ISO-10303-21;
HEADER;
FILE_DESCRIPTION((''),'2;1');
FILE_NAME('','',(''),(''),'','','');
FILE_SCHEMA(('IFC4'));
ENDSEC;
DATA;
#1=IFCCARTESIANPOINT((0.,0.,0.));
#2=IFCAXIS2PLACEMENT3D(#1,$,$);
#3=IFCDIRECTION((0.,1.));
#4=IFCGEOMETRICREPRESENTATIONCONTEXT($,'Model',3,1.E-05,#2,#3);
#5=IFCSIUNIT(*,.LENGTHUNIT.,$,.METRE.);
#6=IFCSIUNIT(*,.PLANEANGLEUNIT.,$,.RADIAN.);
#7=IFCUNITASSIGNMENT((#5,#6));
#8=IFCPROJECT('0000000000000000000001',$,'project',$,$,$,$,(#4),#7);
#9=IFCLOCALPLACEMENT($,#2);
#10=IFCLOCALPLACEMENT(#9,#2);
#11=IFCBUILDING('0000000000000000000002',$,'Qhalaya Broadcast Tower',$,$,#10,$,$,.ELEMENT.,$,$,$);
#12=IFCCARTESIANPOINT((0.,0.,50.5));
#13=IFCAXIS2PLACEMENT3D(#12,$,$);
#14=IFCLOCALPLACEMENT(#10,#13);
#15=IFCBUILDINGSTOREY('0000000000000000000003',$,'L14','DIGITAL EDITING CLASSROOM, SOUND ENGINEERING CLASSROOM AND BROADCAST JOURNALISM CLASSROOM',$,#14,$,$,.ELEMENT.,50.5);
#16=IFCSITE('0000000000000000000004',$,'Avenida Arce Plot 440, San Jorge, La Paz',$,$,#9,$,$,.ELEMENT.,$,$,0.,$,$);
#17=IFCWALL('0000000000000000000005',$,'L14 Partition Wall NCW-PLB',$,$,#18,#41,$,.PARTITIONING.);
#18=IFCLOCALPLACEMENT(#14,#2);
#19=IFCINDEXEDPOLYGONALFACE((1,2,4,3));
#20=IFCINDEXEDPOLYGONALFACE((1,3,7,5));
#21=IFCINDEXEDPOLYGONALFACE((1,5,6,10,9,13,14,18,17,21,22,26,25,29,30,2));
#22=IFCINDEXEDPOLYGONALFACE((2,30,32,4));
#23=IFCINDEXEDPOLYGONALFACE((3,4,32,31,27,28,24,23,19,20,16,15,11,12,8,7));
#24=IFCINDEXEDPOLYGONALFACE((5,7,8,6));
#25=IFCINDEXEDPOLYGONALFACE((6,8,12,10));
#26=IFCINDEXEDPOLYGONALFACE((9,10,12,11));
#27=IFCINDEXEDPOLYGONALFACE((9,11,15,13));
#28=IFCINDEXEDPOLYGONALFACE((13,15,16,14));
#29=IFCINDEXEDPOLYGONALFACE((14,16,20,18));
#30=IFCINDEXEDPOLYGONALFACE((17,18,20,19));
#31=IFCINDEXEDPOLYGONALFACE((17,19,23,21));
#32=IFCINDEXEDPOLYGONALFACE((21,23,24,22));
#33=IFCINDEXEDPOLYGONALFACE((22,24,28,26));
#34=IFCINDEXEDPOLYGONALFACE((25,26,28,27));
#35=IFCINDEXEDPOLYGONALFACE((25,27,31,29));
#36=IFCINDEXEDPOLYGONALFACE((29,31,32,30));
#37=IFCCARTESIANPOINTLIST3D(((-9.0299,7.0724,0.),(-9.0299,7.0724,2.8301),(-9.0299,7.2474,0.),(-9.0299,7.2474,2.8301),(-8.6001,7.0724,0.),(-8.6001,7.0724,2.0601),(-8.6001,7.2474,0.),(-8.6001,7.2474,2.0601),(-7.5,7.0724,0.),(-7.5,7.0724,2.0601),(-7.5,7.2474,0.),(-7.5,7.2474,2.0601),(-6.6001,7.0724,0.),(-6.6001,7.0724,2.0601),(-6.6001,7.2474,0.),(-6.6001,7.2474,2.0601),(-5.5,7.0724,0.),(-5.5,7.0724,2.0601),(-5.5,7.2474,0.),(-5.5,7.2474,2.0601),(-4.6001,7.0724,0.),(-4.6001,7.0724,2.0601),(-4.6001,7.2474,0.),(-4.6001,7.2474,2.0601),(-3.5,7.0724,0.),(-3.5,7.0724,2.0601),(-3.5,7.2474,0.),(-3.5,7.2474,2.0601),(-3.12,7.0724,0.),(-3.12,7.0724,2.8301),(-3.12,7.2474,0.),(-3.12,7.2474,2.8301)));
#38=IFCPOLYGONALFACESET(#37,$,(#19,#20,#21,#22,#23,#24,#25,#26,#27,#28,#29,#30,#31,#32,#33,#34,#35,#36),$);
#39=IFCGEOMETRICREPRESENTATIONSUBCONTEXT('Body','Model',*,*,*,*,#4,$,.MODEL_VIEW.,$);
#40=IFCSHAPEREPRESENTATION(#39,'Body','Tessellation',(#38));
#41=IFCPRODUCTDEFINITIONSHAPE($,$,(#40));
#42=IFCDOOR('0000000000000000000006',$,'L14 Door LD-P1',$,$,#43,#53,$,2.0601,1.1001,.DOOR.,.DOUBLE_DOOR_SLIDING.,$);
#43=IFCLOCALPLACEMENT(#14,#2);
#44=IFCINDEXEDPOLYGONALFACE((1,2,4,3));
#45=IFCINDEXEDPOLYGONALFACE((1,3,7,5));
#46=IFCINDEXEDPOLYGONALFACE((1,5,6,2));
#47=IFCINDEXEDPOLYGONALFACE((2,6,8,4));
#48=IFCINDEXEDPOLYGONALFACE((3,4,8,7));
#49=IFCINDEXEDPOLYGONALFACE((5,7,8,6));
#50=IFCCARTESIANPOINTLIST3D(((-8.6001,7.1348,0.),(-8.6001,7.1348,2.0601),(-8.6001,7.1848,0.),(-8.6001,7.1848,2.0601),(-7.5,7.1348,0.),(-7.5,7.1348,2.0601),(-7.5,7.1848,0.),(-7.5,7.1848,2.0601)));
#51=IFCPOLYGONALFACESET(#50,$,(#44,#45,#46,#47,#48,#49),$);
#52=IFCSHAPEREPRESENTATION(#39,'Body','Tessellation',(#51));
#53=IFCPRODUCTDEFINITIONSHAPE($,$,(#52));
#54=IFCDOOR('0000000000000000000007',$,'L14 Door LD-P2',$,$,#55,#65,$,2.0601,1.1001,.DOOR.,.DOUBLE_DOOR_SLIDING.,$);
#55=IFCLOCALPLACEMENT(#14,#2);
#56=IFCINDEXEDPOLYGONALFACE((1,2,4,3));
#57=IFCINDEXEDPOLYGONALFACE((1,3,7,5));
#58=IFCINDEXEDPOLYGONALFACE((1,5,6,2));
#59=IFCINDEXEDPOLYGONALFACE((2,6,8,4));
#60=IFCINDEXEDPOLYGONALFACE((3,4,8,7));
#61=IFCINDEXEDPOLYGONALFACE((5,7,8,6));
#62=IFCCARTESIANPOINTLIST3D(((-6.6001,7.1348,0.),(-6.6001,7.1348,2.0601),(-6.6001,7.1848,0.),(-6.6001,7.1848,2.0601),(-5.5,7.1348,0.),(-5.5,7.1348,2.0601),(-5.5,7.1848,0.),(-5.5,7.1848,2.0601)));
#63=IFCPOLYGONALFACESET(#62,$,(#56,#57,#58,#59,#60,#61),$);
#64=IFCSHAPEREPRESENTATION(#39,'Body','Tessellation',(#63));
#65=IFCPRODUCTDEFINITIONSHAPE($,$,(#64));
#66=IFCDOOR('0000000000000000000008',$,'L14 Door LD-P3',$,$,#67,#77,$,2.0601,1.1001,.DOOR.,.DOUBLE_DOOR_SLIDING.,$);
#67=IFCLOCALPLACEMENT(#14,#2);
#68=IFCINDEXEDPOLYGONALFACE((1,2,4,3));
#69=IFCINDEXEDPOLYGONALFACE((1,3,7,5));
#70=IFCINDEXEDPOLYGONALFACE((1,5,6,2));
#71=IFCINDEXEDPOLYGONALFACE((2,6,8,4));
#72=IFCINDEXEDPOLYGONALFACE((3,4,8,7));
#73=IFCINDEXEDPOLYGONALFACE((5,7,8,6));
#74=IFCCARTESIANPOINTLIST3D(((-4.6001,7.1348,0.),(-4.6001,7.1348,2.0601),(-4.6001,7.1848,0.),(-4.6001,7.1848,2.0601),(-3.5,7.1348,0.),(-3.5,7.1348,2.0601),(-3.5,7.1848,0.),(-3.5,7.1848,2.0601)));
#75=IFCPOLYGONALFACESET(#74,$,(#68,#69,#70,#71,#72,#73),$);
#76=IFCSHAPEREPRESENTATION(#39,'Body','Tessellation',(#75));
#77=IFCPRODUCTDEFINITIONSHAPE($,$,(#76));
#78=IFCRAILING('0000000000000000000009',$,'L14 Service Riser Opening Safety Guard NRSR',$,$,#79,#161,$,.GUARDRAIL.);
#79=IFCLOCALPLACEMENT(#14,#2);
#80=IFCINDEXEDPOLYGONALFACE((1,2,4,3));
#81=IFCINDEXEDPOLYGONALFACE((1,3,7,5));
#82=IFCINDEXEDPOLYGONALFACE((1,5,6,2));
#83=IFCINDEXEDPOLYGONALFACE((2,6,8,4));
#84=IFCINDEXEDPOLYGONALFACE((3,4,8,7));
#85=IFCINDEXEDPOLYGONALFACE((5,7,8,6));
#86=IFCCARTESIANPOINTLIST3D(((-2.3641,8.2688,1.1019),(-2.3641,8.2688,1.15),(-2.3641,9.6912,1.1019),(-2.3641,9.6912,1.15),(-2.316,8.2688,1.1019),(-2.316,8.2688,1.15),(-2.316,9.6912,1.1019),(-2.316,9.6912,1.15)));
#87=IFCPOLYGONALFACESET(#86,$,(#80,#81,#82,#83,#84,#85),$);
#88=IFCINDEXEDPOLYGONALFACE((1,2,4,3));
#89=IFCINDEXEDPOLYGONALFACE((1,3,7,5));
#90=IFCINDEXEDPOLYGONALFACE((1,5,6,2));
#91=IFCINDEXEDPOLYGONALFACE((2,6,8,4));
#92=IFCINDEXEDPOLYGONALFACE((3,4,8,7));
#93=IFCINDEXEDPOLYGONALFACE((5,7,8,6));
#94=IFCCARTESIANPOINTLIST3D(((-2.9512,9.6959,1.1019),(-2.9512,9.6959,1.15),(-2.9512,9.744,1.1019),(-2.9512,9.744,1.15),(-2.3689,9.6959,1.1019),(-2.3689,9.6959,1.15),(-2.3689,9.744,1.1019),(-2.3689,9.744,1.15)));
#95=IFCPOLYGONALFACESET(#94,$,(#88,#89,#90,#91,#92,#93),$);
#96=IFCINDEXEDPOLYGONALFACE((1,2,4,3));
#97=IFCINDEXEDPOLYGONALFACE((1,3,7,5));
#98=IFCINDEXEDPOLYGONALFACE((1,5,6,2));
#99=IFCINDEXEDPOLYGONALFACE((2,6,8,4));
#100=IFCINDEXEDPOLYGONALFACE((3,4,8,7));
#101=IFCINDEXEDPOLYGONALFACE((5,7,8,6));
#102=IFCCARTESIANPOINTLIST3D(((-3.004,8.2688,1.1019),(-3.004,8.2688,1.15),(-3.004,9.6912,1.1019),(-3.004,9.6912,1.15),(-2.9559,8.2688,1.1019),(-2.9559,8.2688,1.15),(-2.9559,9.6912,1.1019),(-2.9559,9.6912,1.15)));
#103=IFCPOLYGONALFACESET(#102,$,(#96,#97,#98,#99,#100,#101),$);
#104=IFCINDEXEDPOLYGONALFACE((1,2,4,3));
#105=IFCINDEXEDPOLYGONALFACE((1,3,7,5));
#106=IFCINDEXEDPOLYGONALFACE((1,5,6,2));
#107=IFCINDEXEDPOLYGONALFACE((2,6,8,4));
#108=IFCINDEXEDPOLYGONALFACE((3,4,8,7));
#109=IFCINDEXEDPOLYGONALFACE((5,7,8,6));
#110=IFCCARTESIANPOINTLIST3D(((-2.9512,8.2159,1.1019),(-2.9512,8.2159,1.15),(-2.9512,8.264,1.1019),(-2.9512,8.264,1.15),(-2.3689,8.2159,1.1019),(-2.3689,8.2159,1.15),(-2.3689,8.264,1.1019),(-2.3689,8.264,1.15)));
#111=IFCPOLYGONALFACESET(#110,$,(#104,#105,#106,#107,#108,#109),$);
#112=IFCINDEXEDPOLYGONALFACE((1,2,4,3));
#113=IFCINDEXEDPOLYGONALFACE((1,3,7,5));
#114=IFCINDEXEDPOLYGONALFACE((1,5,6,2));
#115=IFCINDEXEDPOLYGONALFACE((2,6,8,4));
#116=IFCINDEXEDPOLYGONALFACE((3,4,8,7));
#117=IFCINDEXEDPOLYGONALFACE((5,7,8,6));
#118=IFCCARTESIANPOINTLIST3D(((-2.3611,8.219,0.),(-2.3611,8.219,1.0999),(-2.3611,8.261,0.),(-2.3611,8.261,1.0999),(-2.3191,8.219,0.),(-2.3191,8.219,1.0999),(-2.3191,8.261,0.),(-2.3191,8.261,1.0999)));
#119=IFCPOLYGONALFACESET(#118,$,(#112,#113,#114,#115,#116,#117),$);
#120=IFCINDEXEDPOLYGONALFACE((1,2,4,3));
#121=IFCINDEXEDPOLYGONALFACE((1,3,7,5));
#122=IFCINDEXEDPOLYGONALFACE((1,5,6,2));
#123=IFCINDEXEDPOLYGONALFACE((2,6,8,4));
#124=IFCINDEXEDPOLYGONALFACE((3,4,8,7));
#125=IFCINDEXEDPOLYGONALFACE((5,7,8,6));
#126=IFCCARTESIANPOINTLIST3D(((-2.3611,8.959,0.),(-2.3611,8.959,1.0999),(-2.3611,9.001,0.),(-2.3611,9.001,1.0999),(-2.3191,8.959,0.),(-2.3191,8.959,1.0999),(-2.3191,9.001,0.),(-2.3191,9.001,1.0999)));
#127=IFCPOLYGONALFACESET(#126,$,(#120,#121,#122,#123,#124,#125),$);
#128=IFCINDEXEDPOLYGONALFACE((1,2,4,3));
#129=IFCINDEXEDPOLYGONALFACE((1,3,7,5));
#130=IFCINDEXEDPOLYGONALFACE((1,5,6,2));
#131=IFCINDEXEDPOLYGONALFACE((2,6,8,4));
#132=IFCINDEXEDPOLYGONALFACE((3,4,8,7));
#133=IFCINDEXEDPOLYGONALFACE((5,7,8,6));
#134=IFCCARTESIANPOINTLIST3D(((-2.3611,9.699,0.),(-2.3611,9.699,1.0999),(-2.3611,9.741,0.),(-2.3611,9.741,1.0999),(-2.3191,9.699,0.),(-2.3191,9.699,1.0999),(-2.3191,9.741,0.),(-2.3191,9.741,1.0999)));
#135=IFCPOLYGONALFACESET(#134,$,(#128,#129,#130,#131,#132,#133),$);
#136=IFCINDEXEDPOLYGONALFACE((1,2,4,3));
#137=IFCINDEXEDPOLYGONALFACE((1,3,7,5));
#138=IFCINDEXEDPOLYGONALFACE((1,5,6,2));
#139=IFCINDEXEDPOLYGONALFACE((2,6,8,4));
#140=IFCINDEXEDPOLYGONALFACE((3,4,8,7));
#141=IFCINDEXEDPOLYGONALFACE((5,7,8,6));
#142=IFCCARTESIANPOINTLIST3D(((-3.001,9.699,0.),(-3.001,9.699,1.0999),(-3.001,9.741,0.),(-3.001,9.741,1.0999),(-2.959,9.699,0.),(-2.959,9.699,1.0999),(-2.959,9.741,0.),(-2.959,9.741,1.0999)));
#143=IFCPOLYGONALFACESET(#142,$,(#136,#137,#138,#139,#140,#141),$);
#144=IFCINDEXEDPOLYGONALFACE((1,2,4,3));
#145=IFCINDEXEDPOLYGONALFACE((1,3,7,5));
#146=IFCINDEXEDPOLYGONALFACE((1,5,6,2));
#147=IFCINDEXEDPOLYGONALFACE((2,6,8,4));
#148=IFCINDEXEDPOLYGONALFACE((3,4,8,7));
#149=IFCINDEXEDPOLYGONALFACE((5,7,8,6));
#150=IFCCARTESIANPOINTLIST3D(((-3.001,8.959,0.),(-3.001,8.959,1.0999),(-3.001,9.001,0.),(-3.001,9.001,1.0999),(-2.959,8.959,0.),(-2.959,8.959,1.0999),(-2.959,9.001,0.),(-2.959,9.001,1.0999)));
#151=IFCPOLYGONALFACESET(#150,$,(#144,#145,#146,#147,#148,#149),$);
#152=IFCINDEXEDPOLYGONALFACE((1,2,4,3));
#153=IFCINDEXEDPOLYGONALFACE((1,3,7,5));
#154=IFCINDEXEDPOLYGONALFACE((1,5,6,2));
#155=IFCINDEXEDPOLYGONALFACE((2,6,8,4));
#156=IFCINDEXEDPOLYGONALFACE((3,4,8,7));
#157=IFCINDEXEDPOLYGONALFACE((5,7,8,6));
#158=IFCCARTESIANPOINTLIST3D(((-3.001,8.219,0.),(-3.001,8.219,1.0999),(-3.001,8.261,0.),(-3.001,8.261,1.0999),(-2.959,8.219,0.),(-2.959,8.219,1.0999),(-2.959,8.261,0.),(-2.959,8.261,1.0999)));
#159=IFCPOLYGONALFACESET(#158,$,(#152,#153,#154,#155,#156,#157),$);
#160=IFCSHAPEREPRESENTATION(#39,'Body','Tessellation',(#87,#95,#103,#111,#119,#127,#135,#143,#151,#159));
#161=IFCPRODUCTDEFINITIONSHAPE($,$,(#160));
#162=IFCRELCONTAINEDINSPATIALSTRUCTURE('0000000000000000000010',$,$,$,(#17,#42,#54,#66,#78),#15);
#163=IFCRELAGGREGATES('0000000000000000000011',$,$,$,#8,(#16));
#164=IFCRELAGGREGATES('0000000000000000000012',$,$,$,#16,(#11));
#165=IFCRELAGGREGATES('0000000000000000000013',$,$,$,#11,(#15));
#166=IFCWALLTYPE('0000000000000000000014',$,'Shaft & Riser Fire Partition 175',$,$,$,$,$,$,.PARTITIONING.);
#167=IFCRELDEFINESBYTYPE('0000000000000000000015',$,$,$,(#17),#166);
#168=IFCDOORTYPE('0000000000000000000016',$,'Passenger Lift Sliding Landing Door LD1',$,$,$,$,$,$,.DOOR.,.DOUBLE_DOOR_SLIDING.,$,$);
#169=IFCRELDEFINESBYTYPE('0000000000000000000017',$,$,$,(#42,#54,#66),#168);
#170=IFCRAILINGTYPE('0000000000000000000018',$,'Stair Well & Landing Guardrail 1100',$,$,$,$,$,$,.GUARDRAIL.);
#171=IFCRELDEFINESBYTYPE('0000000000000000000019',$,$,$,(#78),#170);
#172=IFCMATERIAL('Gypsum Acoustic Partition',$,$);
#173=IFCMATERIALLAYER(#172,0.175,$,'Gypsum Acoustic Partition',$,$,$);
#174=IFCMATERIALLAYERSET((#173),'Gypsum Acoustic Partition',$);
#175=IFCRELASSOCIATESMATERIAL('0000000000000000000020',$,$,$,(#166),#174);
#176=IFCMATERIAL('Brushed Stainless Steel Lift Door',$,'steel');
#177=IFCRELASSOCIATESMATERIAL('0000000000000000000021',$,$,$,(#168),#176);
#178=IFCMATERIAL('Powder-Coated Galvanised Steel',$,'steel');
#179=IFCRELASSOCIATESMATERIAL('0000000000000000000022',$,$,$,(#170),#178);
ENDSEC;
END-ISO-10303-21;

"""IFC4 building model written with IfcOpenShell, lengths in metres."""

from ifc_helpers import new_model, si_unit, direction, frame, frame_2d, origin, origin_2d, place, context, subcontext, project, spatial, rectangle, extrude, material, layer, layer_set, type_object, element, fill, save


model = new_model("IFC4")

# Units and contexts
model_context = context("Model", 3, precision=1e-05, world=origin(), true_north=direction((0.0, 1.0)))
body_context = subcontext(model_context, "Body", "Model", "MODEL_VIEW")
ifc_project = project(units=[si_unit("LENGTHUNIT", "METRE"), si_unit("PLANEANGLEUNIT", "RADIAN")], contexts=[model_context])

# Site, building, storey
site_placement = place(None, origin())
site = spatial("IfcSite", under=ifc_project, at=site_placement, Name="Avenida Arce Plot 440, San Jorge, La Paz", CompositionType="ELEMENT", RefElevation=0.0)
building_placement = place(site_placement, origin())
building = spatial("IfcBuilding", under=site, at=building_placement, Name="Qhalaya Broadcast Tower", CompositionType="ELEMENT")
storey_placement = place(building_placement, frame((0.0, 0.0, 50.5)))
storey = spatial("IfcBuildingStorey", under=building, at=storey_placement, Name="L14", Description="DIGITAL EDITING CLASSROOM, SOUND ENGINEERING CLASSROOM AND BROADCAST JOURNALISM CLASSROOM", CompositionType="ELEMENT", Elevation=50.5)

# Shared definitions
ifc_material_1 = material(Name="Gypsum Acoustic Partition")

# Wall, openings, doors
ifc_layer_1 = layer(ifc_material_1, 0.175, Name="Gypsum Acoustic Partition")
ifc_layer_set_1 = layer_set([ifc_layer_1], Name="Gypsum Acoustic Partition")
wall_type_1 = type_object("IfcWallType", Name="Shaft & Riser Fire Partition 175", PredefinedType="PARTITIONING", material=ifc_layer_set_1)
wall_1_placement = place(storey_placement, frame((-9.03, 7.1599, 0.0), z_axis=(0.0, 0.0, 1.0), x_axis=(1.0, 0.0, 0.0)))
wall_1 = element("IfcWall", 1, at=wall_1_placement, inside=storey, type_object=wall_type_1, Name="L14 Partition Wall NCW-PLB", PredefinedType="PARTITIONING", context=body_context, shape_type="SweptSolid", body=[
    extrude(rectangle(XDim=5.9099, YDim=0.175, at=frame_2d((2.9551, 0.0))), origin(), (0.0, 0.0, 1.0), 2.8301),
])
opening_1_placement = place(wall_1_placement, frame((0.4299, 0.0, 0.0)))
opening_1 = element("IfcOpeningElement", 2, at=opening_1_placement, cuts=wall_1, PredefinedType="OPENING", context=body_context, shape_type="SweptSolid", body=[
    extrude(rectangle(XDim=1.1001, YDim=2.0601, at=frame_2d((0.55, 1.03))), frame((0.0, 0.0996, 0.0), z_axis=(0.0, -1.0, 0.0), x_axis=(1.0, 0.0, 0.0)), (0.0, 0.0, 1.0), 0.199),
])
opening_2_placement = place(wall_1_placement, frame((2.4299, 0.0, 0.0)))
opening_2 = element("IfcOpeningElement", 3, at=opening_2_placement, cuts=wall_1, PredefinedType="OPENING", context=body_context, shape_type="SweptSolid", body=[
    extrude(rectangle(XDim=1.1001, YDim=2.0601, at=frame_2d((0.55, 1.03))), frame((0.0, 0.0996, 0.0), z_axis=(0.0, -1.0, 0.0), x_axis=(1.0, 0.0, 0.0)), (0.0, 0.0, 1.0), 0.199),
])
opening_3_placement = place(wall_1_placement, frame((4.4299, 0.0, 0.0)))
opening_3 = element("IfcOpeningElement", 4, at=opening_3_placement, cuts=wall_1, PredefinedType="OPENING", context=body_context, shape_type="SweptSolid", body=[
    extrude(rectangle(XDim=1.1001, YDim=2.0601, at=frame_2d((0.55, 1.03))), frame((0.0, 0.0996, 0.0), z_axis=(0.0, -1.0, 0.0), x_axis=(1.0, 0.0, 0.0)), (0.0, 0.0, 1.0), 0.199),
])
ifc_material_2 = material(Name="Brushed Stainless Steel Lift Door", Category="steel")
door_type = type_object("IfcDoorType", Name="Passenger Lift Sliding Landing Door LD1", OperationType="DOUBLE_DOOR_SLIDING", PredefinedType="DOOR", material=ifc_material_2)
door_1_placement = place(opening_1_placement, origin())
door_1 = element("IfcDoor", 5, at=door_1_placement, inside=storey, type_object=door_type, Name="L14 Door LD-P1", OperationType="DOUBLE_DOOR_SLIDING", OverallHeight=2.0601, OverallWidth=1.1001, PredefinedType="DOOR", context=body_context, shape_type="SweptSolid", body=[
    extrude(rectangle(XDim=1.1001, YDim=2.0601, at=frame_2d((0.55, 1.03))), frame((0.0, 0.0249, 0.0), z_axis=(0.0, -1.0, 0.0), x_axis=(1.0, 0.0, 0.0)), (0.0, 0.0, 1.0), 0.05),
])
fill(opening_1, door_1)
door_2_placement = place(opening_2_placement, origin())
door_2 = element("IfcDoor", 6, at=door_2_placement, inside=storey, type_object=door_type, Name="L14 Door LD-P2", OperationType="DOUBLE_DOOR_SLIDING", OverallHeight=2.0601, OverallWidth=1.1001, PredefinedType="DOOR", context=body_context, shape_type="SweptSolid", body=[
    extrude(rectangle(XDim=1.1001, YDim=2.0601, at=frame_2d((0.55, 1.03))), frame((0.0, 0.0249, 0.0), z_axis=(0.0, -1.0, 0.0), x_axis=(1.0, 0.0, 0.0)), (0.0, 0.0, 1.0), 0.05),
])
fill(opening_2, door_2)
door_3_placement = place(opening_3_placement, origin())
door_3 = element("IfcDoor", 7, at=door_3_placement, inside=storey, type_object=door_type, Name="L14 Door LD-P3", OperationType="DOUBLE_DOOR_SLIDING", OverallHeight=2.0601, OverallWidth=1.1001, PredefinedType="DOOR", context=body_context, shape_type="SweptSolid", body=[
    extrude(rectangle(XDim=1.1001, YDim=2.0601, at=frame_2d((0.55, 1.03))), frame((0.0, 0.0249, 0.0), z_axis=(0.0, -1.0, 0.0), x_axis=(1.0, 0.0, 0.0)), (0.0, 0.0, 1.0), 0.05),
])
fill(opening_3, door_3)

# Railing
ifc_material_3 = material(Name="Powder-Coated Galvanised Steel", Category="steel")
railing_type = type_object("IfcRailingType", Name="Stair Well & Landing Guardrail 1100", PredefinedType="GUARDRAIL", material=ifc_material_3)
railing_placement = place(storey_placement, frame((-2.3401, 8.24, 0.0)))
element("IfcRailing", 8, at=railing_placement, inside=storey, type_object=railing_type, Name="L14 Service Riser Opening Safety Guard NRSR", PredefinedType="GUARDRAIL", context=body_context, shape_type="SweptSolid", body=[
    extrude(rectangle(XDim=0.0481, YDim=0.0481, at=origin_2d()), frame((0.0, 0.0288, 1.126), z_axis=(0.0, 1.0, 0.0), x_axis=(-1.0, 0.0, 0.0)), (0.0, 0.0, 1.0), 1.4224),
    extrude(rectangle(XDim=0.0481, YDim=0.0481, at=origin_2d()), frame((-0.0288, 1.48, 1.126), z_axis=(-1.0, 0.0, 0.0), x_axis=(0.0, -1.0, 0.0)), (0.0, 0.0, 1.0), 0.5823),
    extrude(rectangle(XDim=0.0481, YDim=0.0481, at=origin_2d()), frame((-0.6399, 1.4512, 1.126), z_axis=(0.0, -1.0, 0.0), x_axis=(1.0, 0.0, 0.0)), (0.0, 0.0, 1.0), 1.4224),
    extrude(rectangle(XDim=0.0481, YDim=0.0481, at=origin_2d()), frame((-0.6111, 0.0, 1.126), z_axis=(1.0, 0.0, 0.0), x_axis=(0.0, 1.0, 0.0)), (0.0, 0.0, 1.0), 0.5823),
    extrude(rectangle(XDim=0.042, YDim=0.042, at=origin_2d()), origin(), (0.0, 0.0, 1.0), 1.0999),
    extrude(rectangle(XDim=0.042, YDim=0.042, at=origin_2d()), frame((0.0, 0.74, 0.0)), (0.0, 0.0, 1.0), 1.0999),
    extrude(rectangle(XDim=0.042, YDim=0.042, at=origin_2d()), frame((0.0, 1.48, 0.0)), (0.0, 0.0, 1.0), 1.0999),
    extrude(rectangle(XDim=0.042, YDim=0.042, at=origin_2d()), frame((-0.6399, 1.48, 0.0)), (0.0, 0.0, 1.0), 1.0999),
    extrude(rectangle(XDim=0.042, YDim=0.042, at=origin_2d()), frame((-0.6399, 0.74, 0.0)), (0.0, 0.0, 1.0), 1.0999),
    extrude(rectangle(XDim=0.042, YDim=0.042, at=origin_2d()), frame((-0.6399, 0.0, 0.0)), (0.0, 0.0, 1.0), 1.0999),
])

save(model, "model.ifc")
